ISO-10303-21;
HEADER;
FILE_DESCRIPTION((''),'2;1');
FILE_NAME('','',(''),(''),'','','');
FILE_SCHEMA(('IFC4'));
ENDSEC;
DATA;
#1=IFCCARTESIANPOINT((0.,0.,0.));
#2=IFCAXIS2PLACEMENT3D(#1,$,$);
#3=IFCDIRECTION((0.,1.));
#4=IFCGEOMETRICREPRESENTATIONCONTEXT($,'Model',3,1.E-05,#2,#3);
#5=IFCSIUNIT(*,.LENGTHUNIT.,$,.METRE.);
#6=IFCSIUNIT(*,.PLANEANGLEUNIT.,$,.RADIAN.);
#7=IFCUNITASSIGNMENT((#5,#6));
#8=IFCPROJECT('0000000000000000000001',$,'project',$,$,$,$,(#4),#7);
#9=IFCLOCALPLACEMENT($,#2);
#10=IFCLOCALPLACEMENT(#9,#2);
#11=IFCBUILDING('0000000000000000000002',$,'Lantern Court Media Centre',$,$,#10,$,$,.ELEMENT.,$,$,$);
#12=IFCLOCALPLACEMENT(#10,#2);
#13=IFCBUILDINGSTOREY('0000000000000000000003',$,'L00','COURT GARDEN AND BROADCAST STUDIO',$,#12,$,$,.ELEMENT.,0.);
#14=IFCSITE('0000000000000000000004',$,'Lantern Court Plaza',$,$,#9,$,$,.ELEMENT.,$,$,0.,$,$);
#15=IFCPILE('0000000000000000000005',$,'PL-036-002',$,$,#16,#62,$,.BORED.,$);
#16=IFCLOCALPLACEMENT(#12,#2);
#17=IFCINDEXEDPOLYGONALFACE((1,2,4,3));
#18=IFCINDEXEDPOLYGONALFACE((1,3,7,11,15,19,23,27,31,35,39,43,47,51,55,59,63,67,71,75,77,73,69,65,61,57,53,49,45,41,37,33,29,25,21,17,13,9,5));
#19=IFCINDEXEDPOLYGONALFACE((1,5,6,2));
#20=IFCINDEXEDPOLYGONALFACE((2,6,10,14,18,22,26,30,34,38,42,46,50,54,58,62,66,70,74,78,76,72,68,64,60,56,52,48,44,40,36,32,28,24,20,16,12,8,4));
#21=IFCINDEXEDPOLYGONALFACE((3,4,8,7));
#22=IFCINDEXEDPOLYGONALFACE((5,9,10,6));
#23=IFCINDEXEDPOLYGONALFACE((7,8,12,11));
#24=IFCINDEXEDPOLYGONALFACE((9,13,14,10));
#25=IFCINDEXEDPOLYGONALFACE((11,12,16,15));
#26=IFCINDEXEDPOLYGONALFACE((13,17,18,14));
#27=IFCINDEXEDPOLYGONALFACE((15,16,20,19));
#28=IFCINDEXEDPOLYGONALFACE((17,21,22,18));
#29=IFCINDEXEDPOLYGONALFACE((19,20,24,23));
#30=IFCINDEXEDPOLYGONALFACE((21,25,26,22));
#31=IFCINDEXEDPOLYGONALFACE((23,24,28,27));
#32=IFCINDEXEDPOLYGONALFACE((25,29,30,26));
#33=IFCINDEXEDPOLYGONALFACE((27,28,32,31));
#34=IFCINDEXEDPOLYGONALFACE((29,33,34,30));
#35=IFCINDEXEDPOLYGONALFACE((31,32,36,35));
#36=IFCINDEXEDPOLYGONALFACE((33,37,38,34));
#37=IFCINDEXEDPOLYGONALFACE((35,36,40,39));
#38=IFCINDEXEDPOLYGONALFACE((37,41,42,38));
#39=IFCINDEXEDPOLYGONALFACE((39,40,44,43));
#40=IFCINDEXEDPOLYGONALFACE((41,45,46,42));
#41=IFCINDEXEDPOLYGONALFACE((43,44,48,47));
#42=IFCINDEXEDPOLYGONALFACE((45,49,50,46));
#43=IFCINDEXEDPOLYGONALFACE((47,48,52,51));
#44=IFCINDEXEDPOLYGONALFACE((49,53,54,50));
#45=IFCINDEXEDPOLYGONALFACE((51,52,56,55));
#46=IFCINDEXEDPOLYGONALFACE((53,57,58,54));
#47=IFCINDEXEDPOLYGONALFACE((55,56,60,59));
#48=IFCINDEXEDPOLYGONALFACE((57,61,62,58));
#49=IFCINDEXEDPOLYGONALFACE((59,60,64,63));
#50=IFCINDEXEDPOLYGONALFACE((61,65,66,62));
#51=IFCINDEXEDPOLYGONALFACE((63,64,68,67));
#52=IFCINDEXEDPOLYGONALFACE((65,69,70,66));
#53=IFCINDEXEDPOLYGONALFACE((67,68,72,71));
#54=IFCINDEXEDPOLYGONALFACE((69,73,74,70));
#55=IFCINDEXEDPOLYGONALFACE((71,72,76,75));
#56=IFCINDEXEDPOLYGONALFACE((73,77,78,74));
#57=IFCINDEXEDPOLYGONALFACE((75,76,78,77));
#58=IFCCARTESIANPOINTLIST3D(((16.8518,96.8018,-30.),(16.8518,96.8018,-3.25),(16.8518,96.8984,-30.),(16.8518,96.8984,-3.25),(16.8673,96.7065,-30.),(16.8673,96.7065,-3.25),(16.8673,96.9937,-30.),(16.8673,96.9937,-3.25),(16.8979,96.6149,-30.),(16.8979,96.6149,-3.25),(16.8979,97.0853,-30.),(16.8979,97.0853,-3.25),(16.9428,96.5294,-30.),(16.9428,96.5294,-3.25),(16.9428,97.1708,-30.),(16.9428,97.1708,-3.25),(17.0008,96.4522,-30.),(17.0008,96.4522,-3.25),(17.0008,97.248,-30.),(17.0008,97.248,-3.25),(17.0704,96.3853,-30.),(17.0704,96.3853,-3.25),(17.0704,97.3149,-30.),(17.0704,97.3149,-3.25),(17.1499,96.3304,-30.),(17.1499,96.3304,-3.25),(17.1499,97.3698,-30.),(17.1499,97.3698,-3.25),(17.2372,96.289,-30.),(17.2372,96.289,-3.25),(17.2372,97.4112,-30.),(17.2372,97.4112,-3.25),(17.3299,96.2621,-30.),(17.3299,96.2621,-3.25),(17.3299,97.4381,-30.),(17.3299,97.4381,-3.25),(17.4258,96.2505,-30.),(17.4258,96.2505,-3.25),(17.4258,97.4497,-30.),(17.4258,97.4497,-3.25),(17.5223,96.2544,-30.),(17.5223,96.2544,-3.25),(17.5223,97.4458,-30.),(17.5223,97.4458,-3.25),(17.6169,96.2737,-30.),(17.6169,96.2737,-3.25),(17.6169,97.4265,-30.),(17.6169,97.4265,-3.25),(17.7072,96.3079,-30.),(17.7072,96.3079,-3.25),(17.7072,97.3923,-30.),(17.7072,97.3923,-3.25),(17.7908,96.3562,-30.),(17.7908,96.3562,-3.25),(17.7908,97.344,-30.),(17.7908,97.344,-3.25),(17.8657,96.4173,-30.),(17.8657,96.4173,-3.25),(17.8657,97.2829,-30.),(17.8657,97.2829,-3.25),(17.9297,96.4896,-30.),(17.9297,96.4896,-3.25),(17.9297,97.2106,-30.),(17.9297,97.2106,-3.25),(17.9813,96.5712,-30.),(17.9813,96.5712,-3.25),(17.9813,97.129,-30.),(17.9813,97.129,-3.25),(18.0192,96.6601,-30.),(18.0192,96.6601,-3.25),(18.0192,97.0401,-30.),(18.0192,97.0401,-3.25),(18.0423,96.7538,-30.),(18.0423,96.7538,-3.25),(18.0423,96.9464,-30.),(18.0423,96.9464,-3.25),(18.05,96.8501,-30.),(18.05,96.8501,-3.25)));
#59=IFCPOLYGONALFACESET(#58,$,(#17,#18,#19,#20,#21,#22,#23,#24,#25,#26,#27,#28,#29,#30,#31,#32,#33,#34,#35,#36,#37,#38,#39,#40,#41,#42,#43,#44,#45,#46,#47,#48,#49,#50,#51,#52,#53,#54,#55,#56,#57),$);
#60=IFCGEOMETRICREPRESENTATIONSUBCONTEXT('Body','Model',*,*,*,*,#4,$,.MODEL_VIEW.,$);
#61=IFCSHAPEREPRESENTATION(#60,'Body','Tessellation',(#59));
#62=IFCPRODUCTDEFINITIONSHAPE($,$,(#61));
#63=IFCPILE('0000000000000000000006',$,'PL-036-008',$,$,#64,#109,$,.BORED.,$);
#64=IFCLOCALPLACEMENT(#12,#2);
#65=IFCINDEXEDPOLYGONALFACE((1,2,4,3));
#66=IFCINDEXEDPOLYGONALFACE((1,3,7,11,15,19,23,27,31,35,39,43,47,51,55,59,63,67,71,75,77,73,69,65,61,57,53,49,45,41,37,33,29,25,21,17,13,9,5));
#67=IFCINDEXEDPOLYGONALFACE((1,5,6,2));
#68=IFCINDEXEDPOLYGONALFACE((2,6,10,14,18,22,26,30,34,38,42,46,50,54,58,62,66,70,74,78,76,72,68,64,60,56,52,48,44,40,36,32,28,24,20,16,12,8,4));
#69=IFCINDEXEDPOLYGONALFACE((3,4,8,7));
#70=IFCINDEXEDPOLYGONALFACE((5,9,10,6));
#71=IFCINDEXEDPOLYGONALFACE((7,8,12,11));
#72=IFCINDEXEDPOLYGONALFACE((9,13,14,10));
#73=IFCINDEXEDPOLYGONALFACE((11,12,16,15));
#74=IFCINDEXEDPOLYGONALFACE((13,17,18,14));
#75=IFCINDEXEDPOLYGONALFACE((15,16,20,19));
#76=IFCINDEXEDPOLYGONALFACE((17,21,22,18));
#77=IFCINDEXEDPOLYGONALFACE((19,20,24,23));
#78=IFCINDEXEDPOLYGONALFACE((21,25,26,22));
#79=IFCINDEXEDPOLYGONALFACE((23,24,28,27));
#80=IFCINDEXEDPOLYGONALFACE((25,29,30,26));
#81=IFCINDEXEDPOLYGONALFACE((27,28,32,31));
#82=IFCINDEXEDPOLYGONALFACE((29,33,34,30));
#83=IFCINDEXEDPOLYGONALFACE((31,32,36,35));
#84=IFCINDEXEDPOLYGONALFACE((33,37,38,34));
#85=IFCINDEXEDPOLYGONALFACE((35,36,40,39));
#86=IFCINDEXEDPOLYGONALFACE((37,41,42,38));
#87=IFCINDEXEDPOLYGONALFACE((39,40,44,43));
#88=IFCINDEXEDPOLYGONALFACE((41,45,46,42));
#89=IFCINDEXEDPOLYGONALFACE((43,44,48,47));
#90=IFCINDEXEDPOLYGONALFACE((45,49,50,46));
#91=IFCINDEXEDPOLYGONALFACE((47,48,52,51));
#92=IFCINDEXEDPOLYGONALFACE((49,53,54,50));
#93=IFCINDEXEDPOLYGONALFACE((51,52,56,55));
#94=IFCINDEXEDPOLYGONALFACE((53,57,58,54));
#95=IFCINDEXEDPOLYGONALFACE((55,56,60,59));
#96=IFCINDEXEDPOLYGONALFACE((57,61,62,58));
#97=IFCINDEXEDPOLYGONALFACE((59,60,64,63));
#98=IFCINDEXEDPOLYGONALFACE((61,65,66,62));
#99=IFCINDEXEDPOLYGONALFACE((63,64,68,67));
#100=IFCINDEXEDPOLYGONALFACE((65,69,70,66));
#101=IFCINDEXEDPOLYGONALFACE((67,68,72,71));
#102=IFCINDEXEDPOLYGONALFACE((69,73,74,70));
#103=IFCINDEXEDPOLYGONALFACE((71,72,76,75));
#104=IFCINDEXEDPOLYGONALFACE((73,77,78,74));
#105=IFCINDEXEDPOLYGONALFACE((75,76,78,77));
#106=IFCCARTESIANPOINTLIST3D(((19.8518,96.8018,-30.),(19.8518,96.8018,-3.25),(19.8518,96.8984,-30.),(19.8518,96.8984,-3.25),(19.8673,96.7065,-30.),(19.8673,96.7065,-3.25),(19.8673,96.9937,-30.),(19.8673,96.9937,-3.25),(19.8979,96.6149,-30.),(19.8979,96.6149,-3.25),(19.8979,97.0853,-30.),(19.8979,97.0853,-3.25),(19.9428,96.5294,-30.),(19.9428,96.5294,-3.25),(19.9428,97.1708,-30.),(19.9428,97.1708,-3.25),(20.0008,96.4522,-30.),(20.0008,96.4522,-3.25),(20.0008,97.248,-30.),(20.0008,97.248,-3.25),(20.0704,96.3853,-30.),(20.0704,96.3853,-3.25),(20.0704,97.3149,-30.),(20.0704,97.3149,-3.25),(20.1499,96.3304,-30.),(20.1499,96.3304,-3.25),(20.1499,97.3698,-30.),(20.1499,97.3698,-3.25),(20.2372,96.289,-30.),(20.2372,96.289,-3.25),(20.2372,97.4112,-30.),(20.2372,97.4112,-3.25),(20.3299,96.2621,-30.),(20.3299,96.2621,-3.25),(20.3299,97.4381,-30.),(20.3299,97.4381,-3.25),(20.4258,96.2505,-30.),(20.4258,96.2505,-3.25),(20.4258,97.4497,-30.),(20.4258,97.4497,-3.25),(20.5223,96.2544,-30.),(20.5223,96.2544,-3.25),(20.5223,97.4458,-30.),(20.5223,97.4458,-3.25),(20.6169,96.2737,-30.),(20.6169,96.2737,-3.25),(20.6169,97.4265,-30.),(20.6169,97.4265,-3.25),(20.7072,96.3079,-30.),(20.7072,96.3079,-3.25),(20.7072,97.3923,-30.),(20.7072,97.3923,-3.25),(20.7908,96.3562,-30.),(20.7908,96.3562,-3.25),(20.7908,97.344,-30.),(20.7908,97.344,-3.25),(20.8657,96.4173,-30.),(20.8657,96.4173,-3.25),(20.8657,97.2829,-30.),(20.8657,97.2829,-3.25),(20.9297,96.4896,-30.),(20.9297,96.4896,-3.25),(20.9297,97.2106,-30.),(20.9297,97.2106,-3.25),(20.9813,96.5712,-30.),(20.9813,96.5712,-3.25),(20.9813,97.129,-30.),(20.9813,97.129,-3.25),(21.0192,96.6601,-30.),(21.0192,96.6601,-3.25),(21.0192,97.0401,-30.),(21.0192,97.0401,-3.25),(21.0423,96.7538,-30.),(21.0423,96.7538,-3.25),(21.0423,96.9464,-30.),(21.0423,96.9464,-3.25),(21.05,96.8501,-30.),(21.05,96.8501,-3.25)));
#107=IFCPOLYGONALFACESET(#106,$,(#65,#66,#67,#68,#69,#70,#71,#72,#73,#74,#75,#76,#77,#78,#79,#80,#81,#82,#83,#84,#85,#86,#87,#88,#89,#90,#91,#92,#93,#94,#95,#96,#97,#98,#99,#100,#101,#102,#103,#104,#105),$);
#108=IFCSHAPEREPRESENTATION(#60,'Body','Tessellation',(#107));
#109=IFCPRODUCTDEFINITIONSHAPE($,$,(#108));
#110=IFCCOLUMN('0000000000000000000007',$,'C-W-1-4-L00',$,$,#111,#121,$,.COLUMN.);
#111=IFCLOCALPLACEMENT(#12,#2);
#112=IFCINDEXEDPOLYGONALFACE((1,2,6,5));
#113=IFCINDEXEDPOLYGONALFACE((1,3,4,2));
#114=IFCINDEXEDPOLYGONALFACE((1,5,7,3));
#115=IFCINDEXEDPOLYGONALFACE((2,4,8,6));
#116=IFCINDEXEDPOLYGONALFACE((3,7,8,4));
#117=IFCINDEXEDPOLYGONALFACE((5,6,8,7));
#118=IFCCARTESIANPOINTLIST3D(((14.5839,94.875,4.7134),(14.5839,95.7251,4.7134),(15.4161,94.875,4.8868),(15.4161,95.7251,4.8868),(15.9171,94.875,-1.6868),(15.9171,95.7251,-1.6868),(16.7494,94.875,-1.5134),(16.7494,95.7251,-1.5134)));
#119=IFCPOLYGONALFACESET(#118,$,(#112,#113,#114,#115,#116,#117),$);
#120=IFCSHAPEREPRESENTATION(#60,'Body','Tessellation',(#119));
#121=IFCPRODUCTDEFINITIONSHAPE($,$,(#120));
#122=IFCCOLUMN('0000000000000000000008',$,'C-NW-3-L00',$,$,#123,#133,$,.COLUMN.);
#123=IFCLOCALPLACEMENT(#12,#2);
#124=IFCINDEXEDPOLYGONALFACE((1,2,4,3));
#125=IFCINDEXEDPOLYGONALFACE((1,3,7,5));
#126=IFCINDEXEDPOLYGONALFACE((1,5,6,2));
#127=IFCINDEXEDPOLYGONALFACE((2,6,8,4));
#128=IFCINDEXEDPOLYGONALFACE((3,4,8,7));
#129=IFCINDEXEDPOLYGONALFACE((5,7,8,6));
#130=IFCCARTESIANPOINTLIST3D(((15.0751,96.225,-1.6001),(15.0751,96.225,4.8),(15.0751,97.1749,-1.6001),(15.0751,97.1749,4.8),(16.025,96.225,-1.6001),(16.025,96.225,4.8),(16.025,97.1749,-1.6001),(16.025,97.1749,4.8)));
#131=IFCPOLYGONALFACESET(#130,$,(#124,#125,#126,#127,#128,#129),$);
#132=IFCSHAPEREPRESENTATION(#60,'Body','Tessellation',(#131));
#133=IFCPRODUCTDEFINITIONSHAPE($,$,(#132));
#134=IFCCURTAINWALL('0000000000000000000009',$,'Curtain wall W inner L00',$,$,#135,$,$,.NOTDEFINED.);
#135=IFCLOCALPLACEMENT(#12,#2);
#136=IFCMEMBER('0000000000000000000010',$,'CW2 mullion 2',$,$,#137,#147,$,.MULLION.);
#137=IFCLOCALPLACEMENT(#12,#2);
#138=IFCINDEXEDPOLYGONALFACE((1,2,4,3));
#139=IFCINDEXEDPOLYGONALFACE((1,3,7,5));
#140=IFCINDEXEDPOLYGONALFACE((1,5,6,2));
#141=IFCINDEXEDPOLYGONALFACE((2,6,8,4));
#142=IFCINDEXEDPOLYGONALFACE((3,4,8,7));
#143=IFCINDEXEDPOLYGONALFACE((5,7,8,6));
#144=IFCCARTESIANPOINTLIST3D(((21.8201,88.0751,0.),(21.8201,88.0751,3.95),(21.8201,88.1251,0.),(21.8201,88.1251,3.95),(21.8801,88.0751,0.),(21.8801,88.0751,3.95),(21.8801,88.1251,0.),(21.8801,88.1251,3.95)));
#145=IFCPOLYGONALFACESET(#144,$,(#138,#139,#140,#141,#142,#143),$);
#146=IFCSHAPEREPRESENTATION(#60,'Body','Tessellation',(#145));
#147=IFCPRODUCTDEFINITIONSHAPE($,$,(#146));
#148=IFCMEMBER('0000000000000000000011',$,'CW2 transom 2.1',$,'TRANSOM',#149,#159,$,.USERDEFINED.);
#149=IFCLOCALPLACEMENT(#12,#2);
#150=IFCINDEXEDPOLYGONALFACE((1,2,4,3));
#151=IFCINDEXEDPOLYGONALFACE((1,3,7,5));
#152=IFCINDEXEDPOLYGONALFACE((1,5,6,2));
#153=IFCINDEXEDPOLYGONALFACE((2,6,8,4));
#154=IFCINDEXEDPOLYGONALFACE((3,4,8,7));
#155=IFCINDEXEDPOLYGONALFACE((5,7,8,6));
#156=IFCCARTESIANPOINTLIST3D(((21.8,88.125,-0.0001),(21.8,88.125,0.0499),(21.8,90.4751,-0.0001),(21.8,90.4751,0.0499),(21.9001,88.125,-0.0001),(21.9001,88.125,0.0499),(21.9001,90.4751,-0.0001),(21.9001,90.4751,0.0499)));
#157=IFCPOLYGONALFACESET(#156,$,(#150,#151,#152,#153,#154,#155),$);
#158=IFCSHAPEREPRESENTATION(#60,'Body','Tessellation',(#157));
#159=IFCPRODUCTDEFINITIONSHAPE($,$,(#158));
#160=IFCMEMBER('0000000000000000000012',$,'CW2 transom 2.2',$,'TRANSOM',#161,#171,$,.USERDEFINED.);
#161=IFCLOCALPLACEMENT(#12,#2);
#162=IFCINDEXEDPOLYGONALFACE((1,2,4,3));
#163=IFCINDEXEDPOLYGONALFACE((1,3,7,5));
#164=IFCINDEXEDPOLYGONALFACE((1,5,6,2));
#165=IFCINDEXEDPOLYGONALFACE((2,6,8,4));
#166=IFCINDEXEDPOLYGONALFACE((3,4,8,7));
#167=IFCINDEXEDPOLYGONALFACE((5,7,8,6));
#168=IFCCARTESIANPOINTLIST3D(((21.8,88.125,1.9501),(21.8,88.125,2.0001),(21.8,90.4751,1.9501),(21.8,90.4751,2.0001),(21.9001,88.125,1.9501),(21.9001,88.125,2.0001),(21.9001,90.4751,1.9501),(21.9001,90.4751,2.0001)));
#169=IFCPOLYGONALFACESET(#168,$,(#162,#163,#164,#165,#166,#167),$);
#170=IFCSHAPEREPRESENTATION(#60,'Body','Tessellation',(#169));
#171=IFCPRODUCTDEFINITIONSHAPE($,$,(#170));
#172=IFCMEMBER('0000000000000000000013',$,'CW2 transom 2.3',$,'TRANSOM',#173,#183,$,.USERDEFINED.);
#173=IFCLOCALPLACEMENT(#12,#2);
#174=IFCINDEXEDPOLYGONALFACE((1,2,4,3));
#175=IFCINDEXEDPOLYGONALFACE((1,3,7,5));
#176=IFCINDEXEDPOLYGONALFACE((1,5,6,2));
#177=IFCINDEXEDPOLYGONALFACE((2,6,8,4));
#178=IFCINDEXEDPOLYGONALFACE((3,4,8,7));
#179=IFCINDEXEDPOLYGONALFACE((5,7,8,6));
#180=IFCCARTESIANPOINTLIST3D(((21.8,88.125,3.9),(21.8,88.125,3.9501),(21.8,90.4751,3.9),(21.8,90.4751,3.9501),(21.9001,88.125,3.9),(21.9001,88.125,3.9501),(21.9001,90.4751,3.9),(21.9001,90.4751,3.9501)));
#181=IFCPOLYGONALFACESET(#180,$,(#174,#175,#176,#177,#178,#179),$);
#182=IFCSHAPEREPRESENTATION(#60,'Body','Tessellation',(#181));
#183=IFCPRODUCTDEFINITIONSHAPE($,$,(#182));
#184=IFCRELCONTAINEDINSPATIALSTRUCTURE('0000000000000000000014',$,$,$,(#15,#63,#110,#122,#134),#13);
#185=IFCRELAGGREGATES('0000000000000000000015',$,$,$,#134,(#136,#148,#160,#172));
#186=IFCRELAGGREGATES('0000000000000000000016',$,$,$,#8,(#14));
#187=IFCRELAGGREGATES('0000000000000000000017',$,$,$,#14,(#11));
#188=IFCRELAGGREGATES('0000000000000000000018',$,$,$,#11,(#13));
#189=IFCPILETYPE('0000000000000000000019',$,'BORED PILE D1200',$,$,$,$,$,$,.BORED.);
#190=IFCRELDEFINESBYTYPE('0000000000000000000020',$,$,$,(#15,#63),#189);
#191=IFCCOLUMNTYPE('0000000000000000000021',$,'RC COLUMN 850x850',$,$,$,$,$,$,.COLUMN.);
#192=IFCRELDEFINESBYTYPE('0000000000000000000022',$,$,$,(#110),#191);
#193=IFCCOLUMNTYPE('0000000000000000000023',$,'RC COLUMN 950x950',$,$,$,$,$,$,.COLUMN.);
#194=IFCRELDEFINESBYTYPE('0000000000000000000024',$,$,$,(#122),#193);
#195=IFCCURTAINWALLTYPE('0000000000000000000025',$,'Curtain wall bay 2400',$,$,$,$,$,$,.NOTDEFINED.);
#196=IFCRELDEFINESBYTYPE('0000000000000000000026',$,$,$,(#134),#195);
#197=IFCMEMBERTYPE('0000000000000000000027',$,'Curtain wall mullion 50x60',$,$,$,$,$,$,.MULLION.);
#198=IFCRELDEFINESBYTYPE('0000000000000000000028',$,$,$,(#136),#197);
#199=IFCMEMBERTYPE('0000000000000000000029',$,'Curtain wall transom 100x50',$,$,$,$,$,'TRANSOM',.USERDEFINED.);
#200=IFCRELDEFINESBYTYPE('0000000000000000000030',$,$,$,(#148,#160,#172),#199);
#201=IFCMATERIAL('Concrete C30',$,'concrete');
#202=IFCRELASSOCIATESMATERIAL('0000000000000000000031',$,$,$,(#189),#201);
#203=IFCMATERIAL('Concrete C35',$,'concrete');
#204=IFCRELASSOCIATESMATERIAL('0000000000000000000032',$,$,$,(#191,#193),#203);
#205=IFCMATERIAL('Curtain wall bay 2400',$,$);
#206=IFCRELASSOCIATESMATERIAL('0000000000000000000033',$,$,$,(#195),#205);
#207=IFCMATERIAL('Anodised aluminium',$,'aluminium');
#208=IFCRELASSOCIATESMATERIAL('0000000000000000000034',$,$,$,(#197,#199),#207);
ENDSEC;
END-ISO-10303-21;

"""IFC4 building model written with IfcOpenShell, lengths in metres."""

from ifc_helpers import new_model, si_unit, direction, frame, origin, origin_2d, place, context, subcontext, project, spatial, rectangle, circle, extrude, material, material_profile, profile_set, type_object, element, aggregate, save


model = new_model("IFC4")

# Units and contexts
model_context = context("Model", 3, precision=1e-05, world=origin(), true_north=direction((0.0, 1.0)))
body_context = subcontext(model_context, "Body", "Model", "MODEL_VIEW")
ifc_project = project(units=[si_unit("LENGTHUNIT", "METRE"), si_unit("PLANEANGLEUNIT", "RADIAN")], contexts=[model_context])

# Site, building, storey
site_placement = place(None, origin())
site = spatial("IfcSite", under=ifc_project, at=site_placement, Name="Lantern Court Plaza", CompositionType="ELEMENT", RefElevation=0.0)
building_placement = place(site_placement, origin())
building = spatial("IfcBuilding", under=site, at=building_placement, Name="Lantern Court Media Centre", CompositionType="ELEMENT")
storey_placement = place(building_placement, origin())
storey = spatial("IfcBuildingStorey", under=building, at=storey_placement, Name="L00", Description="COURT GARDEN AND BROADCAST STUDIO", CompositionType="ELEMENT", Elevation=0.0)

# Piles
ifc_material_1 = material(Name="Concrete C30", Category="concrete")
ifc_material_profile_1 = material_profile(ifc_material_1, circle(Radius=0.6001, at=origin_2d()), Name="D1200")
ifc_profile_set_1 = profile_set([ifc_material_profile_1], Name="Concrete C30")
pile_type = type_object("IfcPileType", Name="BORED PILE D1200", PredefinedType="BORED", material=ifc_profile_set_1)
for number, where, z_axis, x_axis, name in (
    (1, (17.45, 96.8501, -3.25), (0.0, 0.0, -1.0), (1.0, 0.0, 0.0), "PL-036-002"),
    (2, (20.45, 96.8501, -3.25), (0.0, 0.0, -1.0), (1.0, 0.0, 0.0), "PL-036-008"),
):
    element("IfcPile", number, at=place(storey_placement, frame(where, z_axis=z_axis, x_axis=x_axis)), inside=storey, type_object=pile_type, Name=name, PredefinedType="BORED", context=body_context, shape_type="SweptSolid", body=[
        extrude(circle(Radius=0.6001, at=origin_2d()), origin(), (0.0, 0.0, 1.0), 26.75),
    ])

# Columns
ifc_material_2 = material(Name="Concrete C35", Category="concrete")
ifc_material_profile_2 = material_profile(ifc_material_2, rectangle(XDim=0.8501, YDim=0.8501, at=origin_2d()), Name="RC 850x850")
ifc_profile_set_2 = profile_set([ifc_material_profile_2], Name="Concrete C35")
column_type_1 = type_object("IfcColumnType", Name="RC COLUMN 850x850", PredefinedType="COLUMN", material=ifc_profile_set_2)
column_1_placement = place(storey_placement, frame((16.3333, 95.3, -1.6001), z_axis=(-0.203938, 0.0, 0.978984), x_axis=(0.0, -1.0, 0.0)))
element("IfcColumn", 3, at=column_1_placement, inside=storey, type_object=column_type_1, Name="C-W-1-4-L00", PredefinedType="COLUMN", context=body_context, shape_type="SweptSolid", body=[
    extrude(rectangle(XDim=0.8501, YDim=0.8501, at=origin_2d()), origin(), (0.0, 0.0, 1.0), 6.5376),
])
ifc_material_profile_3 = material_profile(ifc_material_2, rectangle(XDim=0.95, YDim=0.95, at=origin_2d()), Name="RC 950x950")
ifc_profile_set_3 = profile_set([ifc_material_profile_3], Name="Concrete C35")
column_type_2 = type_object("IfcColumnType", Name="RC COLUMN 950x950", PredefinedType="COLUMN", material=ifc_profile_set_3)
column_2_placement = place(storey_placement, frame((15.55, 96.7, -1.6001), z_axis=(0.0, 0.0, 1.0), x_axis=(1.0, 0.0, 0.0)))
element("IfcColumn", 4, at=column_2_placement, inside=storey, type_object=column_type_2, Name="C-NW-3-L00", PredefinedType="COLUMN", context=body_context, shape_type="SweptSolid", body=[
    extrude(rectangle(XDim=0.95, YDim=0.95, at=origin_2d()), origin(), (0.0, 0.0, 1.0), 6.4001),
])

# Curtain wall, members
ifc_material_3 = material(Name="Curtain wall bay 2400")
curtain_wall_type = type_object("IfcCurtainWallType", Name="Curtain wall bay 2400", PredefinedType="NOTDEFINED", material=ifc_material_3)
curtain_wall_placement = place(storey_placement, origin())
curtain_wall = element("IfcCurtainWall", 5, at=curtain_wall_placement, inside=storey, type_object=curtain_wall_type, Name="Curtain wall W inner L00", PredefinedType="NOTDEFINED")
ifc_material_4 = material(Name="Anodised aluminium", Category="aluminium")
ifc_material_profile_4 = material_profile(ifc_material_4, rectangle(XDim=0.0601, YDim=0.05, at=origin_2d()), Name="AL 50x60")
ifc_profile_set_4 = profile_set([ifc_material_profile_4], Name="Anodised aluminium")
member_type_1 = type_object("IfcMemberType", Name="Curtain wall mullion 50x60", PredefinedType="MULLION", material=ifc_profile_set_4)
member_1_placement = place(storey_placement, frame((21.8501, 88.1001, 0.0), z_axis=(0.0, 0.0, 1.0), x_axis=(-1.0, 0.0, 0.0)))
member_1 = element("IfcMember", 6, at=member_1_placement, type_object=member_type_1, Name="CW2 mullion 2", PredefinedType="MULLION", context=body_context, shape_type="SweptSolid", body=[
    extrude(rectangle(XDim=0.0601, YDim=0.05, at=origin_2d()), origin(), (0.0, 0.0, 1.0), 3.95),
])
ifc_material_profile_5 = material_profile(ifc_material_4, rectangle(XDim=0.1001, YDim=0.05, at=origin_2d()), Name="AL 50x100")
ifc_profile_set_5 = profile_set([ifc_material_profile_5], Name="Anodised aluminium")
member_type_2 = type_object("IfcMemberType", Name="Curtain wall transom 100x50", ElementType="TRANSOM", PredefinedType="USERDEFINED", material=ifc_profile_set_5)
member_2_placement = place(storey_placement, frame((21.8501, 88.125, 0.0249), z_axis=(0.0, 1.0, 0.0), x_axis=(-1.0, 0.0, 0.0)))
member_2 = element("IfcMember", 7, at=member_2_placement, type_object=member_type_2, Name="CW2 transom 2.1", ObjectType="TRANSOM", PredefinedType="USERDEFINED", context=body_context, shape_type="SweptSolid", body=[
    extrude(rectangle(XDim=0.1001, YDim=0.05, at=origin_2d()), origin(), (0.0, 0.0, 1.0), 2.3501),
])
member_3_placement = place(storey_placement, frame((21.8501, 88.125, 1.9751), z_axis=(0.0, 1.0, 0.0), x_axis=(-1.0, 0.0, 0.0)))
member_3 = element("IfcMember", 8, at=member_3_placement, type_object=member_type_2, Name="CW2 transom 2.2", ObjectType="TRANSOM", PredefinedType="USERDEFINED", context=body_context, shape_type="SweptSolid", body=[
    extrude(rectangle(XDim=0.1001, YDim=0.05, at=origin_2d()), origin(), (0.0, 0.0, 1.0), 2.3501),
])
member_4_placement = place(storey_placement, frame((21.8501, 88.125, 3.925), z_axis=(0.0, 1.0, 0.0), x_axis=(-1.0, 0.0, 0.0)))
member_4 = element("IfcMember", 9, at=member_4_placement, type_object=member_type_2, Name="CW2 transom 2.3", ObjectType="TRANSOM", PredefinedType="USERDEFINED", context=body_context, shape_type="SweptSolid", body=[
    extrude(rectangle(XDim=0.1001, YDim=0.05, at=origin_2d()), origin(), (0.0, 0.0, 1.0), 2.3501),
])

aggregate(curtain_wall, [member_1, member_2, member_3, member_4])

save(model, "model.ifc")
